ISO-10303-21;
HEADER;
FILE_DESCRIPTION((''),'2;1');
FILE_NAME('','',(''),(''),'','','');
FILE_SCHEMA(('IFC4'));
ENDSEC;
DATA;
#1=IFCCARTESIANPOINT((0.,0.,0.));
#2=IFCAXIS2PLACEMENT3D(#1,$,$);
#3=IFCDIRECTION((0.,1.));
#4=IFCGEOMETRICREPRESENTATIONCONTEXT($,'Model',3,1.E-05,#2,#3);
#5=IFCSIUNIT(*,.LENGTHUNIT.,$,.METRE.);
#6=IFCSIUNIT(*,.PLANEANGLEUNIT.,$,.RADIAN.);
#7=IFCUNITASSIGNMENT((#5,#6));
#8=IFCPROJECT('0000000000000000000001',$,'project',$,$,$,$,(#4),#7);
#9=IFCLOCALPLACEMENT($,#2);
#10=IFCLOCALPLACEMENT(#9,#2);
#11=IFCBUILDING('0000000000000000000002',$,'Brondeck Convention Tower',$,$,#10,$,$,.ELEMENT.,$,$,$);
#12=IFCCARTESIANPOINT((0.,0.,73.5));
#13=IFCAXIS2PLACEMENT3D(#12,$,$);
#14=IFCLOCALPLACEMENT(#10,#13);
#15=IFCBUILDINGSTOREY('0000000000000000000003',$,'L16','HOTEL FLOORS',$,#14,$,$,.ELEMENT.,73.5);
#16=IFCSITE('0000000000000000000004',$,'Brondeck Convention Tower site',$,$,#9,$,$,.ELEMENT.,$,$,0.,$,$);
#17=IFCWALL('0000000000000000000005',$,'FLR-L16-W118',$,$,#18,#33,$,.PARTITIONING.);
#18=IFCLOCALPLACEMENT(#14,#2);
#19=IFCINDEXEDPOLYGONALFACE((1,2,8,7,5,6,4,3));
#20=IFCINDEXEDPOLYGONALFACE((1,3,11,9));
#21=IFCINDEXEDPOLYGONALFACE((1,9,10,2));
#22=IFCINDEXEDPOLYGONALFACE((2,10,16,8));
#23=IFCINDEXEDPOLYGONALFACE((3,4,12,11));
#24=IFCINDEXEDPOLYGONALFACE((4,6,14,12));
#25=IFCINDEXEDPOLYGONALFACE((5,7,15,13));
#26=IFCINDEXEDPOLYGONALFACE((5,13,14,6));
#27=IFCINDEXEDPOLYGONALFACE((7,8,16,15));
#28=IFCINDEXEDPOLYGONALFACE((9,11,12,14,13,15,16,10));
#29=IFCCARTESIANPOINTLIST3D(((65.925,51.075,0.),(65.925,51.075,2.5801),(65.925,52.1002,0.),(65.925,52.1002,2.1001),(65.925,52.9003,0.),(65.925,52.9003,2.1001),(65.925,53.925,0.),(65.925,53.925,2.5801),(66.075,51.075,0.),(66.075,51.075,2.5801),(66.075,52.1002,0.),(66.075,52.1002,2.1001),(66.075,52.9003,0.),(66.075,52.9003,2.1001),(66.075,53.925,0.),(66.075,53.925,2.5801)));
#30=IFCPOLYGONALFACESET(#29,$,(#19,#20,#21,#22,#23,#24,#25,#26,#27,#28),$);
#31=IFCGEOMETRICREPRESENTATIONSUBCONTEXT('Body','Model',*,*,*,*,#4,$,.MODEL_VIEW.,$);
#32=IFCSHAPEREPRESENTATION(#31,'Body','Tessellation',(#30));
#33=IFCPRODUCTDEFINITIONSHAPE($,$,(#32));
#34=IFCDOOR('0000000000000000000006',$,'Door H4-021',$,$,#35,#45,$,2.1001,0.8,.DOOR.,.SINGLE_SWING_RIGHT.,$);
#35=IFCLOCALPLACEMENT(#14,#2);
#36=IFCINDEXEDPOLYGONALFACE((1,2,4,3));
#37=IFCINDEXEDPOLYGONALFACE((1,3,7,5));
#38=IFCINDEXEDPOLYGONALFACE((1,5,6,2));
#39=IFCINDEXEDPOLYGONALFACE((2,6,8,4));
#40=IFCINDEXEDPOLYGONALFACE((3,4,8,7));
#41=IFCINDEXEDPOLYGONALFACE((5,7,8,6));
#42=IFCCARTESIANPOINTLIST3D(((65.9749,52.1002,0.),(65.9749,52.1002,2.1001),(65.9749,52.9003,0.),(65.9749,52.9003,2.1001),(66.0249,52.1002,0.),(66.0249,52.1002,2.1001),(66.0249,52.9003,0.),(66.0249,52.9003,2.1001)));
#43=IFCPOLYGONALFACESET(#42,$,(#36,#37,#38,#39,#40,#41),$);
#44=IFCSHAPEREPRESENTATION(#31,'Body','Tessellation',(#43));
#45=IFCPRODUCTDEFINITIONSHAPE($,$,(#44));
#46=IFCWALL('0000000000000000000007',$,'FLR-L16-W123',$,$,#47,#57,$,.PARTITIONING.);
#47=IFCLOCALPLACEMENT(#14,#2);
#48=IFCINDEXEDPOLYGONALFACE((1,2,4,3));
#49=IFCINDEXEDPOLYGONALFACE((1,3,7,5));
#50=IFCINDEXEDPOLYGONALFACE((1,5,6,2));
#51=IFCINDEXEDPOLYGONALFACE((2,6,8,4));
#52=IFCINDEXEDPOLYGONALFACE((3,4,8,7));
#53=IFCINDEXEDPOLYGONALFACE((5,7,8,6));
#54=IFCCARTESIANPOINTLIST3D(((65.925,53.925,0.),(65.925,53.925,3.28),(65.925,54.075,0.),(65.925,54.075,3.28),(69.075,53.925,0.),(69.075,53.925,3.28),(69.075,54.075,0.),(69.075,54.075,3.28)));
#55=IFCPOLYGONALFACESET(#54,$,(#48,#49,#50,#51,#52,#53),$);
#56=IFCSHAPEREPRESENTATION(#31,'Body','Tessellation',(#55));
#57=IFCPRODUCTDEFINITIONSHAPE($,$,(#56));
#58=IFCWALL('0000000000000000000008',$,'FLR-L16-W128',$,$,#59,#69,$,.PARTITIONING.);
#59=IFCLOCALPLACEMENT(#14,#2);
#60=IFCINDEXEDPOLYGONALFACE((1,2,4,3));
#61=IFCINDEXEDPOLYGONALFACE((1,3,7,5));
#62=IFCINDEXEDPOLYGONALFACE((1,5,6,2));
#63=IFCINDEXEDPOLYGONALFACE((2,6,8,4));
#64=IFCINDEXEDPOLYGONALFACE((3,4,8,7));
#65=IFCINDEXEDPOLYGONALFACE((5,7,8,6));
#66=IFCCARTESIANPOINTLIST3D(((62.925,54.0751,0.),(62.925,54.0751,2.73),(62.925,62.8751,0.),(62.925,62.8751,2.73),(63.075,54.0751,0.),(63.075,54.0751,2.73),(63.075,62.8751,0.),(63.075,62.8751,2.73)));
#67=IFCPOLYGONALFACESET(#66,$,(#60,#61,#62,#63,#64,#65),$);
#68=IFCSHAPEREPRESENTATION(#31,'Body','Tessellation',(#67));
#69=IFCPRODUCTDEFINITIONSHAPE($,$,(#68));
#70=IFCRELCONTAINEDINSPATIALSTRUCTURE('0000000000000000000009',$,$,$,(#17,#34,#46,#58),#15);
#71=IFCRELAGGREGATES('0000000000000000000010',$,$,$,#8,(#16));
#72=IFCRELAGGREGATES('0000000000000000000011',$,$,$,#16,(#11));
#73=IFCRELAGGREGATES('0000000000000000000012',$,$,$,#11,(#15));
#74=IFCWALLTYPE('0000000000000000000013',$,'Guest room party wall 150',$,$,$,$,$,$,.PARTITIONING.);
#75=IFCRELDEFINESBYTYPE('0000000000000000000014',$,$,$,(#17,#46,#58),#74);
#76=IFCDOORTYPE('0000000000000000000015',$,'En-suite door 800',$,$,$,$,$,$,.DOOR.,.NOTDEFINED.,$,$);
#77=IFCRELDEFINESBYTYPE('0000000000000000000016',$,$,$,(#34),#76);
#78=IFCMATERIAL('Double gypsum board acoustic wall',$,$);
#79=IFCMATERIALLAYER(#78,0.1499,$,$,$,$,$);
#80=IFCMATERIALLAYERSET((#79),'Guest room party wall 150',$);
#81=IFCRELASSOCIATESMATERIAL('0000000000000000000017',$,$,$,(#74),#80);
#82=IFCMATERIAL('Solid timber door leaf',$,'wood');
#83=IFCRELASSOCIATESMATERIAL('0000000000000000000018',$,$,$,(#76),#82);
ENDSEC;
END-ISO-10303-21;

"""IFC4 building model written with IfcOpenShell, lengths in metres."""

from ifc_helpers import new_model, si_unit, direction, frame, frame_2d, origin, place, context, subcontext, project, spatial, rectangle, extrude, material, layer, layer_set, type_object, element, fill, save


model = new_model("IFC4")

# Units and contexts
model_context = context("Model", 3, precision=1e-05, world=origin(), true_north=direction((0.0, 1.0)))
body_context = subcontext(model_context, "Body", "Model", "MODEL_VIEW")
ifc_project = project(units=[si_unit("LENGTHUNIT", "METRE"), si_unit("PLANEANGLEUNIT", "RADIAN")], contexts=[model_context])

# Site, building, storey
site_placement = place(None, origin())
site = spatial("IfcSite", under=ifc_project, at=site_placement, Name="Brondeck Convention Tower site", CompositionType="ELEMENT", RefElevation=0.0)
building_placement = place(site_placement, origin())
building = spatial("IfcBuilding", under=site, at=building_placement, Name="Brondeck Convention Tower", CompositionType="ELEMENT")
storey_placement = place(building_placement, frame((0.0, 0.0, 73.5)))
storey = spatial("IfcBuildingStorey", under=building, at=storey_placement, Name="L16", Description="HOTEL FLOORS", CompositionType="ELEMENT", Elevation=73.5)

# Wall, opening, door
ifc_material_1 = material(Name="Double gypsum board acoustic wall")
ifc_layer_1 = layer(ifc_material_1, 0.1499)
ifc_layer_set_1 = layer_set([ifc_layer_1], Name="Guest room party wall 150")
wall_type_1 = type_object("IfcWallType", Name="Guest room party wall 150", PredefinedType="PARTITIONING", material=ifc_layer_set_1)
wall_1_placement = place(storey_placement, frame((66.0, 53.925, 0.0), z_axis=(0.0, 0.0, 1.0), x_axis=(0.0, -1.0, 0.0)))
wall_1 = element("IfcWall", 1, at=wall_1_placement, inside=storey, type_object=wall_type_1, Name="FLR-L16-W118", PredefinedType="PARTITIONING", context=body_context, shape_type="SweptSolid", body=[
    extrude(rectangle(XDim=2.8501, YDim=0.1499, at=frame_2d((1.425, 0.0))), origin(), (0.0, 0.0, 1.0), 2.5801),
])
opening_1_placement = place(wall_1_placement, frame((1.0249, 0.0, 0.0)))
opening_1 = element("IfcOpeningElement", 2, at=opening_1_placement, cuts=wall_1, PredefinedType="OPENING", context=body_context, shape_type="SweptSolid", body=[
    extrude(rectangle(XDim=0.8, YDim=2.1001, at=frame_2d((0.3999, 1.05))), frame((0.0, 0.085, 0.0), z_axis=(0.0, -1.0, 0.0), x_axis=(1.0, 0.0, 0.0)), (0.0, 0.0, 1.0), 0.1699),
])
ifc_material_2 = material(Name="Solid timber door leaf", Category="wood")
door_type = type_object("IfcDoorType", Name="En-suite door 800", OperationType="NOTDEFINED", PredefinedType="DOOR", material=ifc_material_2)
door_placement = place(opening_1_placement, origin())
door = element("IfcDoor", 3, at=door_placement, inside=storey, type_object=door_type, Name="Door H4-021", OperationType="SINGLE_SWING_RIGHT", OverallHeight=2.1001, OverallWidth=0.8, PredefinedType="DOOR", context=body_context, shape_type="SweptSolid", body=[
    extrude(rectangle(XDim=0.8, YDim=2.1001, at=frame_2d((0.3999, 1.05))), frame((0.0, 0.0249, 0.0), z_axis=(0.0, -1.0, 0.0), x_axis=(1.0, 0.0, 0.0)), (0.0, 0.0, 1.0), 0.05),
])
fill(opening_1, door)

# Walls
wall_2_placement = place(storey_placement, frame((69.075, 54.0, 0.0), z_axis=(0.0, 0.0, 1.0), x_axis=(-1.0, 0.0, 0.0)))
element("IfcWall", 4, at=wall_2_placement, inside=storey, type_object=wall_type_1, Name="FLR-L16-W123", PredefinedType="PARTITIONING", context=body_context, shape_type="SweptSolid", body=[
    extrude(rectangle(XDim=3.1499, YDim=0.1499, at=frame_2d((1.575, 0.0))), origin(), (0.0, 0.0, 1.0), 3.28),
])
wall_3_placement = place(storey_placement, frame((63.0, 62.875, 0.0), z_axis=(0.0, 0.0, 1.0), x_axis=(0.0, -1.0, 0.0)))
element("IfcWall", 5, at=wall_3_placement, inside=storey, type_object=wall_type_1, Name="FLR-L16-W128", PredefinedType="PARTITIONING", context=body_context, shape_type="SweptSolid", body=[
    extrude(rectangle(XDim=8.8, YDim=0.1499, at=frame_2d((4.3999, 0.0))), origin(), (0.0, 0.0, 1.0), 2.73),
])

save(model, "model.ifc")
